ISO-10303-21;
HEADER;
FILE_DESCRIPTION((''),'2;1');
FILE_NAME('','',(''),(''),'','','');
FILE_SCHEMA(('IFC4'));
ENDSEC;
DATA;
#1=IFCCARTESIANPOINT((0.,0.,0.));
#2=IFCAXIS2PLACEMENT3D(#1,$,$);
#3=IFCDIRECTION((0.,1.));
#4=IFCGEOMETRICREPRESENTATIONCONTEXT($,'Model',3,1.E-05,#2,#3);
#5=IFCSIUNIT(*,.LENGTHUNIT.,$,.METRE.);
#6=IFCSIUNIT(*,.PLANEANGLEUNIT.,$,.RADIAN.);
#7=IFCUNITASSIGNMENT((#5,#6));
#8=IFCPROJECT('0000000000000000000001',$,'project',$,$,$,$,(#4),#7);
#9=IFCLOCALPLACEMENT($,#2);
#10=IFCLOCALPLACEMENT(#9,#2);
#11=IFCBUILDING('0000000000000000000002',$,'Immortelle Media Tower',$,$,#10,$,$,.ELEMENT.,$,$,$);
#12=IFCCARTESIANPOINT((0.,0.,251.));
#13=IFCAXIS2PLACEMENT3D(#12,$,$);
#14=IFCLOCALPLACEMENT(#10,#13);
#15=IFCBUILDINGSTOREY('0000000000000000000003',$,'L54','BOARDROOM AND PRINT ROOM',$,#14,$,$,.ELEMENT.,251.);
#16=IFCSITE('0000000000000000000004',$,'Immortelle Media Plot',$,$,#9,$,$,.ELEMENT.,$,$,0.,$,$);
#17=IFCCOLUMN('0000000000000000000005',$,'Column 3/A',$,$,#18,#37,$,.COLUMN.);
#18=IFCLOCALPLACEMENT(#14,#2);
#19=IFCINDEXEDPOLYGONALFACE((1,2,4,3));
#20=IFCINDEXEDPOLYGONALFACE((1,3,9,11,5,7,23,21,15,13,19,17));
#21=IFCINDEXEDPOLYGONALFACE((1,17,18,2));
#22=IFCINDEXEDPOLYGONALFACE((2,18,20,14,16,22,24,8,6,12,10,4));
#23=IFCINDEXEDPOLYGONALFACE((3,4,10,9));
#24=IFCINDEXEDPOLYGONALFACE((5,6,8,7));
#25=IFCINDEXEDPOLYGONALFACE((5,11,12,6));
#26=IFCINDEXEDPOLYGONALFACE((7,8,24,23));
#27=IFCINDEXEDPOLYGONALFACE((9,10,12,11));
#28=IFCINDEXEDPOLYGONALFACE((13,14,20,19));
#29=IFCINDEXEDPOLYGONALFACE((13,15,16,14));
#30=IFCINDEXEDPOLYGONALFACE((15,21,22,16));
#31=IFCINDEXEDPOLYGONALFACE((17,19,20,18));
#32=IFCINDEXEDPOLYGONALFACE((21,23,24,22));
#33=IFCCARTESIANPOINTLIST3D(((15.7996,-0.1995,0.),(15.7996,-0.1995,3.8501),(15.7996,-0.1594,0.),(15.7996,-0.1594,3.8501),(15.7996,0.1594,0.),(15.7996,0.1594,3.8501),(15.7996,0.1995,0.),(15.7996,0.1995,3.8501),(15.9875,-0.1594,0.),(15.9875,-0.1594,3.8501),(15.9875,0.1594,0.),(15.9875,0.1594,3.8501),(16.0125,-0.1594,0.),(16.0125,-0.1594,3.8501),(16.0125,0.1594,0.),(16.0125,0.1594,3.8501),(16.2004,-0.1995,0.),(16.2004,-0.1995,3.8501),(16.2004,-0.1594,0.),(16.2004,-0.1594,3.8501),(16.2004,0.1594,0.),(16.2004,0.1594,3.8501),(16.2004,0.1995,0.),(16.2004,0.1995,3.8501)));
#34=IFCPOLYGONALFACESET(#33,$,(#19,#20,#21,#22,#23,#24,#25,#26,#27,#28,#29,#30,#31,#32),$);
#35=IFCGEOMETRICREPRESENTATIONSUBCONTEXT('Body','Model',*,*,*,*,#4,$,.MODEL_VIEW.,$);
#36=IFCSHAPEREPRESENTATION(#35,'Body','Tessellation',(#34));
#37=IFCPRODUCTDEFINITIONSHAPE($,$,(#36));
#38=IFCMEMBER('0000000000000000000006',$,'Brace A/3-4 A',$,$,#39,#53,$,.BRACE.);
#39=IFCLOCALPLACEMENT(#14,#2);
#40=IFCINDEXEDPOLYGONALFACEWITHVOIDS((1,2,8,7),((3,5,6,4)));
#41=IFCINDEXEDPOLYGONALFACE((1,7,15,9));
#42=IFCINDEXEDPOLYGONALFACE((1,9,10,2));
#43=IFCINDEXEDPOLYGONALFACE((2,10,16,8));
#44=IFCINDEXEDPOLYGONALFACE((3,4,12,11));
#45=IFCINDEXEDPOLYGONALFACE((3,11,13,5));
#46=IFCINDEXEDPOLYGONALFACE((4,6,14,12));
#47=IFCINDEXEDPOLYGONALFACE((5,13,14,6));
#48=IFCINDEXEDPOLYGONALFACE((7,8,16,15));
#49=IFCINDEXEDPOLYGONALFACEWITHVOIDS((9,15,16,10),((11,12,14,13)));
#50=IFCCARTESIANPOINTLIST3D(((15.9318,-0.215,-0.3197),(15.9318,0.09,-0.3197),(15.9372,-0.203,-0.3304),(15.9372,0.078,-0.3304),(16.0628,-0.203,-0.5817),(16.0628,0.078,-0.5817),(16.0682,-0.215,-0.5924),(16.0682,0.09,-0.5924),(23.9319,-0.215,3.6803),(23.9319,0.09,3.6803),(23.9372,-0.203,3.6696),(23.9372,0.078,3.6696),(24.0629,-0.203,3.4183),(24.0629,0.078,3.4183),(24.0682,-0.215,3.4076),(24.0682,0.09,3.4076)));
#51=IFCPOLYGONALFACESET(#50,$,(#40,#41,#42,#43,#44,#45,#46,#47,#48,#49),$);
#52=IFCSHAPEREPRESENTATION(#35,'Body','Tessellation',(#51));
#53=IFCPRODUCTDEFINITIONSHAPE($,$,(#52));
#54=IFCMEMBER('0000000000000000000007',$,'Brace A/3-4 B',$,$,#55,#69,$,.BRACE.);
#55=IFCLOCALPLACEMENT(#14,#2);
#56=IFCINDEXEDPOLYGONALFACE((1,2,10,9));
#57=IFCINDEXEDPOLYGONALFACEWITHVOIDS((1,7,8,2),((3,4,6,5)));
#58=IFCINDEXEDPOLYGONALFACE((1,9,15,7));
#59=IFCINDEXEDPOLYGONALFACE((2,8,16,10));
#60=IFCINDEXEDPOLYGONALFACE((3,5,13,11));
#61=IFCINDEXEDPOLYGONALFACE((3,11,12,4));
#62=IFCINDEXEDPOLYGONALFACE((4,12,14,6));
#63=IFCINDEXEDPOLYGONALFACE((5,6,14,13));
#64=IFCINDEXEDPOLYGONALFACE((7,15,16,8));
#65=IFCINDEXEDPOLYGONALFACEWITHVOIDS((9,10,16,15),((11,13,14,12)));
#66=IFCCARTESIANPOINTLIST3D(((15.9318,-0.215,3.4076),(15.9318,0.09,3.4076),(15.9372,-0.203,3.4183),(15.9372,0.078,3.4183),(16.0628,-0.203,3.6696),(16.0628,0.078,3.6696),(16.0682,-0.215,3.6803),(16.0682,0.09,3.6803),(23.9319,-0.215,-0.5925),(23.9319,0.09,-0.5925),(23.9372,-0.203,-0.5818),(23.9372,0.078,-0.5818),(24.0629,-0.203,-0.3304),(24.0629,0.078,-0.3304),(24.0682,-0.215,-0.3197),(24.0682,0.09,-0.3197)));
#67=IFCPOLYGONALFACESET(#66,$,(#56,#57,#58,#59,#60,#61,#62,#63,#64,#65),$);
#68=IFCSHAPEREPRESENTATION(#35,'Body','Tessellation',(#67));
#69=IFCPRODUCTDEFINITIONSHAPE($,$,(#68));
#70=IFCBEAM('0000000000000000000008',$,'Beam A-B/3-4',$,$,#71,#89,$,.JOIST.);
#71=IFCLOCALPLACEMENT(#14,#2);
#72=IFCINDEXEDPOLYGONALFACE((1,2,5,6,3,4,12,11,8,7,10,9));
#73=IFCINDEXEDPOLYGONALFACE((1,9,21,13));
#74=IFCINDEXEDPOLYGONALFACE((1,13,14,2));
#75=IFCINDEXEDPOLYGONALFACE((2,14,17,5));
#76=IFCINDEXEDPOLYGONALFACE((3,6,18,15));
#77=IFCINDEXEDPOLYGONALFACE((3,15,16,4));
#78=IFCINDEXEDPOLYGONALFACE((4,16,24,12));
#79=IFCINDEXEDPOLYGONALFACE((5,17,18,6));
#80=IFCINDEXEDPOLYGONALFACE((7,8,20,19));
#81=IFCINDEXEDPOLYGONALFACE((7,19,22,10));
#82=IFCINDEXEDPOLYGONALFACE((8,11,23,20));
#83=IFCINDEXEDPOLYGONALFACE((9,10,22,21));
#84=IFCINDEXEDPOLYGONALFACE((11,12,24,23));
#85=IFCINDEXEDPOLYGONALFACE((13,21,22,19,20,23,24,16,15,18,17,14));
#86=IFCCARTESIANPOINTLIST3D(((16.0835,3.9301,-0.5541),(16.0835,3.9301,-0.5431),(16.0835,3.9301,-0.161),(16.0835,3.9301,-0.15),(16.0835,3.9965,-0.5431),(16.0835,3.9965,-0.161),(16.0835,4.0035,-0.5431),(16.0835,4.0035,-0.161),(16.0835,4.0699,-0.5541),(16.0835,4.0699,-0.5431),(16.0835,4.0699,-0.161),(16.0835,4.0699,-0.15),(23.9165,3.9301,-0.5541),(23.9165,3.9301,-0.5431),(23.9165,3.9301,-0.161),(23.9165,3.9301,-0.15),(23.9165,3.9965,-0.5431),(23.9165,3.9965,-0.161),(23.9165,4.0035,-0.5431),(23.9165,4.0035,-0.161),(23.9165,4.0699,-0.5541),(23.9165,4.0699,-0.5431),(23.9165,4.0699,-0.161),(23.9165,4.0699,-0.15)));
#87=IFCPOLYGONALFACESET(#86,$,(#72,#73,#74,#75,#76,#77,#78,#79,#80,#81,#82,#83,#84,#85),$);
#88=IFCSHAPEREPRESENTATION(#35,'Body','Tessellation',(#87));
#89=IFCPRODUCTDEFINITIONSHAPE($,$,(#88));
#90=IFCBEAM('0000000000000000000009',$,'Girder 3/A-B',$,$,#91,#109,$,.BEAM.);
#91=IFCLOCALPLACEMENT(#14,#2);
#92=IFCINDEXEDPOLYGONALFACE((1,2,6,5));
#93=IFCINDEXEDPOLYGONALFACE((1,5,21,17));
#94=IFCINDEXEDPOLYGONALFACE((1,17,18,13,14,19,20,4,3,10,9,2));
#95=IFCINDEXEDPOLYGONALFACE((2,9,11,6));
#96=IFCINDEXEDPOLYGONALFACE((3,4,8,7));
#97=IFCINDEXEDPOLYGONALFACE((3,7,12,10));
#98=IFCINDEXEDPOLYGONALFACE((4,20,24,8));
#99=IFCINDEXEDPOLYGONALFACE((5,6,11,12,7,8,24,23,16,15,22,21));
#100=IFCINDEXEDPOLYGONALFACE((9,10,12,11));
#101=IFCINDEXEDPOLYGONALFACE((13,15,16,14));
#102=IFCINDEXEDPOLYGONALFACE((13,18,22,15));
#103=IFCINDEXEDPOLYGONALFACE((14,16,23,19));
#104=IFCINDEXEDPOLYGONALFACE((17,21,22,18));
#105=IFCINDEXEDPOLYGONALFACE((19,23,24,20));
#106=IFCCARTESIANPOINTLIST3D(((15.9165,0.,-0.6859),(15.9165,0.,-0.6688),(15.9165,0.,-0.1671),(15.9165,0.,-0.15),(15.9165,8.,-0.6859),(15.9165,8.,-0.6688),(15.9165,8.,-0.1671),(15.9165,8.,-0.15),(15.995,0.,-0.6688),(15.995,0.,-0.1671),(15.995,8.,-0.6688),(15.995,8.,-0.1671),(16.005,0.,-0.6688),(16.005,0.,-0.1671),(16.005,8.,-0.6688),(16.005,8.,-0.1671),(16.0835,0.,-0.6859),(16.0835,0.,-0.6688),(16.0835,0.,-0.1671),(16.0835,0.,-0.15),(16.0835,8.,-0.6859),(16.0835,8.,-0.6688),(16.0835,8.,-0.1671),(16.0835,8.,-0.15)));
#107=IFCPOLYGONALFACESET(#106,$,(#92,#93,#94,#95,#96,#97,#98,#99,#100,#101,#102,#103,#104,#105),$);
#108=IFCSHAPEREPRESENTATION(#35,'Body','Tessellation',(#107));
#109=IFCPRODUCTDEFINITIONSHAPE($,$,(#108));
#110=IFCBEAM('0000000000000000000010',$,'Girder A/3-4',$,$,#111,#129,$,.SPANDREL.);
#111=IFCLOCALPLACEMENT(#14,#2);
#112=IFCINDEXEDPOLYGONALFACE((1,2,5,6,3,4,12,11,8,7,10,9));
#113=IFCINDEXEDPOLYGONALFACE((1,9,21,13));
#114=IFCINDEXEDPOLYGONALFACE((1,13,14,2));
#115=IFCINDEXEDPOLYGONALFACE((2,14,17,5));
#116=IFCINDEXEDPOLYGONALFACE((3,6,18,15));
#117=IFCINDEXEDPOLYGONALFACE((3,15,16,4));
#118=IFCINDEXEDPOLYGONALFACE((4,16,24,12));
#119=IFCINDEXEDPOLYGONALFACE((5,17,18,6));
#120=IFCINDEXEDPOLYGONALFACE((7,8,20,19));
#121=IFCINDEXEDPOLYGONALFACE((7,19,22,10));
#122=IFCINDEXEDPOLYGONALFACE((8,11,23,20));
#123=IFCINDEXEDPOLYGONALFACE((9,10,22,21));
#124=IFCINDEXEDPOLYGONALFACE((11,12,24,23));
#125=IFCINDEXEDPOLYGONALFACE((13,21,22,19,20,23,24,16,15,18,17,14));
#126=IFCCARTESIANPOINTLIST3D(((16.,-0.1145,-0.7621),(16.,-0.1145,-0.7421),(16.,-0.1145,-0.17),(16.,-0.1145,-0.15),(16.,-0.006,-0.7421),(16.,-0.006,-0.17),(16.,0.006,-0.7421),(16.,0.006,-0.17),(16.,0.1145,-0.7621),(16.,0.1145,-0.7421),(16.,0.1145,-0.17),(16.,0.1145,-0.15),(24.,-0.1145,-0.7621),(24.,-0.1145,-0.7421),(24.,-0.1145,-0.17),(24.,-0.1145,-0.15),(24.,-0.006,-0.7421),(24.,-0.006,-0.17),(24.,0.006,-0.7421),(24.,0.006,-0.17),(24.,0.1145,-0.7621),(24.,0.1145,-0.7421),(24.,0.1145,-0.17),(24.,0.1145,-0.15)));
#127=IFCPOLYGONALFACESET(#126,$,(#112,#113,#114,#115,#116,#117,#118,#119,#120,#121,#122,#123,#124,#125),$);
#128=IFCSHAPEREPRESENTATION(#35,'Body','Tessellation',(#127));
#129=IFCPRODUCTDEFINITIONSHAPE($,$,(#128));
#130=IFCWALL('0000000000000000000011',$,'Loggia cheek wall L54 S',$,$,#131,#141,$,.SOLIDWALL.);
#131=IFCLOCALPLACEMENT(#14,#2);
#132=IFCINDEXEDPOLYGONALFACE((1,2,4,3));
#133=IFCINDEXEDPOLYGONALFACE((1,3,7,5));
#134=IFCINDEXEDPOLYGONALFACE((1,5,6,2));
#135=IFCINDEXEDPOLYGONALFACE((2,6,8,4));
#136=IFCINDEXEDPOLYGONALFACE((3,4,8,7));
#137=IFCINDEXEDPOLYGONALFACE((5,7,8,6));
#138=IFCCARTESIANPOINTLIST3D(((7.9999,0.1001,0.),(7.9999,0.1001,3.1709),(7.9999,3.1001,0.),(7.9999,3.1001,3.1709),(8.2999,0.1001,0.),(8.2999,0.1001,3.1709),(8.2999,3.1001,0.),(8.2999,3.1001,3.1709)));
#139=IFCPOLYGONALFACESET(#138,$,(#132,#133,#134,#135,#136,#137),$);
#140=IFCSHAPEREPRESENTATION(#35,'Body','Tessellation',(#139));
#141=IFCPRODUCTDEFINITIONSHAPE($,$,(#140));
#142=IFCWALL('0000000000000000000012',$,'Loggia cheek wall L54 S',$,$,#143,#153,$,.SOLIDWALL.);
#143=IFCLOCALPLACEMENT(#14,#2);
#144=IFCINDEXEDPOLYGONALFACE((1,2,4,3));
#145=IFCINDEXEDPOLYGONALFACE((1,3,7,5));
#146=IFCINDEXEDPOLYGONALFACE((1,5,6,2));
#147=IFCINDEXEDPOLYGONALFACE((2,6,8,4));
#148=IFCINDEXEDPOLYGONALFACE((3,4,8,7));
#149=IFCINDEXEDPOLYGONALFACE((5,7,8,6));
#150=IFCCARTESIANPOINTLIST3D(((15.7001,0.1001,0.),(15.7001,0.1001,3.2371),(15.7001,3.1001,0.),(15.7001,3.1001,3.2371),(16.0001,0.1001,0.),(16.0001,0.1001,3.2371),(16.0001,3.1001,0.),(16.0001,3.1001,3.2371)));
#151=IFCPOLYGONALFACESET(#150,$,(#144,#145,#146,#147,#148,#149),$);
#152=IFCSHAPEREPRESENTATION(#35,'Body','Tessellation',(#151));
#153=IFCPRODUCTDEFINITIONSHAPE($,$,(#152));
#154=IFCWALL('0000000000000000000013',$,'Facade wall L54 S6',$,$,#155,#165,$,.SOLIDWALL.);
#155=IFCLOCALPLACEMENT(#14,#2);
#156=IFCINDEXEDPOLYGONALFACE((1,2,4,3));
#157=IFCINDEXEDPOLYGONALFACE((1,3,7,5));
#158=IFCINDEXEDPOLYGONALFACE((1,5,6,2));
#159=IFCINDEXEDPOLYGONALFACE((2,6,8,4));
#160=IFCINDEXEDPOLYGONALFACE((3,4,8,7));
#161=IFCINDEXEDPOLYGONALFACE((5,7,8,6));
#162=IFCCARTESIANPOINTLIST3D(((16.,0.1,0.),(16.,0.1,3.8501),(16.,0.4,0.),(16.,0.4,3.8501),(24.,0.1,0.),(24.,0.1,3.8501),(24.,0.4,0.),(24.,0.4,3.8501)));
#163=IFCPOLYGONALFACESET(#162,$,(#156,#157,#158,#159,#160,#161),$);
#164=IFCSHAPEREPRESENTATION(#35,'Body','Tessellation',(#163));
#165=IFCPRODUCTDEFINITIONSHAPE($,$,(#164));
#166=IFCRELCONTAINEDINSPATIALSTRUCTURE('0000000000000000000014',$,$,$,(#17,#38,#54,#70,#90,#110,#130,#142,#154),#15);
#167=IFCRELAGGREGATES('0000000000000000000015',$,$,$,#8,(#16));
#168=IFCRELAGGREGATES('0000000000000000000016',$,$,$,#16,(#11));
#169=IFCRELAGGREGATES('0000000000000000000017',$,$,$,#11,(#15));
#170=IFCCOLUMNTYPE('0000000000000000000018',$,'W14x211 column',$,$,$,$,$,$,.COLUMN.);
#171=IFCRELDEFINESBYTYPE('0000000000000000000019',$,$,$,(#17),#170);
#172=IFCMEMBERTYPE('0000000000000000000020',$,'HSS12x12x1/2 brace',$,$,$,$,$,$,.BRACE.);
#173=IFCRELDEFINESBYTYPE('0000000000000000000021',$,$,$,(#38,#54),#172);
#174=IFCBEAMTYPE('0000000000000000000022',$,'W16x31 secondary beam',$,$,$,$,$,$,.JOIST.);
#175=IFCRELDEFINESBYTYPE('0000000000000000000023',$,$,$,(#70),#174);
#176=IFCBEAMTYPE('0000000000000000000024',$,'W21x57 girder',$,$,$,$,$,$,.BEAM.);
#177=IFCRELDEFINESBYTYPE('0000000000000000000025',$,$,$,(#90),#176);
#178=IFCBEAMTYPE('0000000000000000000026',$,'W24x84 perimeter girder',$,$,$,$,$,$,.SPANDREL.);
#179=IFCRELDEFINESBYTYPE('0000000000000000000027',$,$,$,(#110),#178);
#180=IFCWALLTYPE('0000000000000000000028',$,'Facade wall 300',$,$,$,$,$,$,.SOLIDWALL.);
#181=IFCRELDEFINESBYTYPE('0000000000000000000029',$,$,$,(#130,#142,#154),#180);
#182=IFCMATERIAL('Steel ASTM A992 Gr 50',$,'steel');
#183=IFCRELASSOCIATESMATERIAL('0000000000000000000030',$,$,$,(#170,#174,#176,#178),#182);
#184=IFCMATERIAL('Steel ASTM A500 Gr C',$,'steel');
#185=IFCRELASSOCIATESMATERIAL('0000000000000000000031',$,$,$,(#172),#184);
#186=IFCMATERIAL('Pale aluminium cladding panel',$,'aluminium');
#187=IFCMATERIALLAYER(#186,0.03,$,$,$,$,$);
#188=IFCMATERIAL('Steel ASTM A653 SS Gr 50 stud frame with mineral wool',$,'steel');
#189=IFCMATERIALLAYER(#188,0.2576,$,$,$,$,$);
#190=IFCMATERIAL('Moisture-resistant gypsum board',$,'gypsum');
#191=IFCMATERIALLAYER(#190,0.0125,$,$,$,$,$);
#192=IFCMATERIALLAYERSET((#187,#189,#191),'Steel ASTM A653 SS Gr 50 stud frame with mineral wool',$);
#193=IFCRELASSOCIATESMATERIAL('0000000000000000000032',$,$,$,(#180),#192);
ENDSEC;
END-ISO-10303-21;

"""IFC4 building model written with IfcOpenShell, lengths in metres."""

from ifc_helpers import new_model, si_unit, direction, frame, frame_2d, origin, origin_2d, place, context, subcontext, project, spatial, rectangle, hollow_rectangle, i_section, extrude, material, layer, layer_set, material_profile, profile_set, type_object, element, save


model = new_model("IFC4")

# Units and contexts
model_context = context("Model", 3, precision=1e-05, world=origin(), true_north=direction((0.0, 1.0)))
body_context = subcontext(model_context, "Body", "Model", "MODEL_VIEW")
ifc_project = project(units=[si_unit("LENGTHUNIT", "METRE"), si_unit("PLANEANGLEUNIT", "RADIAN")], contexts=[model_context])

# Site, building, storey
site_placement = place(None, origin())
site = spatial("IfcSite", under=ifc_project, at=site_placement, Name="Immortelle Media Plot", CompositionType="ELEMENT", RefElevation=0.0)
building_placement = place(site_placement, origin())
building = spatial("IfcBuilding", under=site, at=building_placement, Name="Immortelle Media Tower", CompositionType="ELEMENT")
storey_placement = place(building_placement, frame((0.0, 0.0, 251.0)))
storey = spatial("IfcBuildingStorey", under=building, at=storey_placement, Name="L54", Description="BOARDROOM AND PRINT ROOM", CompositionType="ELEMENT", Elevation=251.0)

# Column
ifc_material_1 = material(Name="Steel ASTM A992 Gr 50", Category="steel")
ifc_material_profile_1 = material_profile(ifc_material_1, i_section(OverallWidth=0.4009, OverallDepth=0.3989, WebThickness=0.0249, FlangeThickness=0.04, at=origin_2d()), Name="W14x211")
ifc_profile_set_1 = profile_set([ifc_material_profile_1], Name="Steel ASTM A992 Gr 50")
column_type = type_object("IfcColumnType", Name="W14x211 column", PredefinedType="COLUMN", material=ifc_profile_set_1)
column_placement = place(storey_placement, frame((16.0, 0.0, 0.0), z_axis=(0.0, 0.0, 1.0), x_axis=(1.0, 0.0, 0.0)))
element("IfcColumn", 1, at=column_placement, inside=storey, type_object=column_type, Name="Column 3/A", PredefinedType="COLUMN", context=body_context, shape_type="SweptSolid", body=[
    extrude(i_section(OverallWidth=0.4009, OverallDepth=0.3989, WebThickness=0.0249, FlangeThickness=0.04, at=origin_2d()), origin(), (0.0, 0.0, 1.0), 3.8501),
])

# Members
ifc_material_2 = material(Name="Steel ASTM A500 Gr C", Category="steel")
ifc_material_profile_2 = material_profile(ifc_material_2, hollow_rectangle(XDim=0.3049, YDim=0.3049, WallThickness=0.012, at=origin_2d()), Name="HSS12x12x1/2 brace")
ifc_profile_set_2 = profile_set([ifc_material_profile_2], Name="Steel ASTM A500 Gr C")
member_type = type_object("IfcMemberType", Name="HSS12x12x1/2 brace", PredefinedType="BRACE", material=ifc_profile_set_2)
for number, where, z_axis, x_axis, name in (
    (2, (16.0, -0.0625, -0.4561), (0.894427, 0.0, 0.447214), (0.0, 1.0, 0.0), "Brace A/3-4 A"),
    (3, (16.0, -0.0625, 3.5439), (0.894427, 0.0, -0.447214), (0.0, 1.0, 0.0), "Brace A/3-4 B"),
):
    element("IfcMember", number, at=place(storey_placement, frame(where, z_axis=z_axis, x_axis=x_axis)), inside=storey, type_object=member_type, Name=name, PredefinedType="BRACE", context=body_context, shape_type="SweptSolid", body=[
        extrude(hollow_rectangle(XDim=0.3049, YDim=0.3049, WallThickness=0.012, at=origin_2d()), origin(), (0.0, 0.0, 1.0), 8.9443),
    ])

# Beams
ifc_material_profile_3 = material_profile(ifc_material_1, i_section(OverallWidth=0.1399, OverallDepth=0.4041, WebThickness=0.0071, FlangeThickness=0.011, at=origin_2d()), Name="W16x31")
ifc_profile_set_3 = profile_set([ifc_material_profile_3], Name="Steel ASTM A992 Gr 50")
beam_type_1 = type_object("IfcBeamType", Name="W16x31 secondary beam", PredefinedType="JOIST", material=ifc_profile_set_3)
beam_1_placement = place(storey_placement, frame((16.0835, 4.0, -0.3521), z_axis=(1.0, 0.0, 0.0), x_axis=(0.0, 1.0, 0.0)))
element("IfcBeam", 4, at=beam_1_placement, inside=storey, type_object=beam_type_1, Name="Beam A-B/3-4", PredefinedType="JOIST", context=body_context, shape_type="SweptSolid", body=[
    extrude(i_section(OverallWidth=0.1399, OverallDepth=0.4041, WebThickness=0.0071, FlangeThickness=0.011, at=origin_2d()), origin(), (0.0, 0.0, 1.0), 7.833),
])
ifc_material_profile_4 = material_profile(ifc_material_1, i_section(OverallWidth=0.167, OverallDepth=0.5359, WebThickness=0.01, FlangeThickness=0.0171, at=origin_2d()), Name="W21x57")
ifc_profile_set_4 = profile_set([ifc_material_profile_4], Name="Steel ASTM A992 Gr 50")
beam_type_2 = type_object("IfcBeamType", Name="W21x57 girder", PredefinedType="BEAM", material=ifc_profile_set_4)
beam_2_placement = place(storey_placement, frame((16.0, 0.0, -0.418), z_axis=(0.0, 1.0, 0.0), x_axis=(-1.0, 0.0, 0.0)))
element("IfcBeam", 5, at=beam_2_placement, inside=storey, type_object=beam_type_2, Name="Girder 3/A-B", PredefinedType="BEAM", context=body_context, shape_type="SweptSolid", body=[
    extrude(i_section(OverallWidth=0.167, OverallDepth=0.5359, WebThickness=0.01, FlangeThickness=0.0171, at=origin_2d()), origin(), (0.0, 0.0, 1.0), 8.0),
])
ifc_material_profile_5 = material_profile(ifc_material_1, i_section(OverallWidth=0.229, OverallDepth=0.6121, WebThickness=0.012, FlangeThickness=0.02, at=origin_2d()), Name="W24x84")
ifc_profile_set_5 = profile_set([ifc_material_profile_5], Name="Steel ASTM A992 Gr 50")
beam_type_3 = type_object("IfcBeamType", Name="W24x84 perimeter girder", PredefinedType="SPANDREL", material=ifc_profile_set_5)
beam_3_placement = place(storey_placement, frame((16.0, 0.0, -0.4561), z_axis=(1.0, 0.0, 0.0), x_axis=(0.0, 1.0, 0.0)))
element("IfcBeam", 6, at=beam_3_placement, inside=storey, type_object=beam_type_3, Name="Girder A/3-4", PredefinedType="SPANDREL", context=body_context, shape_type="SweptSolid", body=[
    extrude(i_section(OverallWidth=0.229, OverallDepth=0.6121, WebThickness=0.012, FlangeThickness=0.02, at=origin_2d()), origin(), (0.0, 0.0, 1.0), 8.0),
])

# Shared definitions
ifc_material_3 = material(Name="Pale aluminium cladding panel", Category="aluminium")
ifc_layer_1 = layer(ifc_material_3, 0.03)
ifc_material_4 = material(Name="Steel ASTM A653 SS Gr 50 stud frame with mineral wool", Category="steel")
ifc_layer_2 = layer(ifc_material_4, 0.2576)
ifc_material_5 = material(Name="Moisture-resistant gypsum board", Category="gypsum")
ifc_layer_3 = layer(ifc_material_5, 0.0125)
ifc_layer_set_1 = layer_set([ifc_layer_1, ifc_layer_2, ifc_layer_3], Name="Steel ASTM A653 SS Gr 50 stud frame with mineral wool")
wall_type_1 = type_object("IfcWallType", Name="Facade wall 300", PredefinedType="SOLIDWALL", material=ifc_layer_set_1)

# Walls
wall_1_placement = place(storey_placement, frame((8.1499, 0.1001, 0.0), z_axis=(0.0, 0.0, 1.0), x_axis=(0.0, 1.0, 0.0)))
element("IfcWall", 7, at=wall_1_placement, inside=storey, type_object=wall_type_1, Name="Loggia cheek wall L54 S", PredefinedType="SOLIDWALL", context=body_context, shape_type="SweptSolid", body=[
    extrude(rectangle(XDim=3.0, YDim=0.3, at=frame_2d((1.5, 0.0))), origin(), (0.0, 0.0, 1.0), 3.1709),
])
wall_2_placement = place(storey_placement, frame((15.8501, 0.1001, 0.0), z_axis=(0.0, 0.0, 1.0), x_axis=(0.0, 1.0, 0.0)))
element("IfcWall", 8, at=wall_2_placement, inside=storey, type_object=wall_type_1, Name="Loggia cheek wall L54 S", PredefinedType="SOLIDWALL", context=body_context, shape_type="SweptSolid", body=[
    extrude(rectangle(XDim=3.0, YDim=0.3, at=frame_2d((1.5, 0.0))), origin(), (0.0, 0.0, 1.0), 3.2371),
])
wall_3_placement = place(storey_placement, frame((16.0, 0.25, 0.0), z_axis=(0.0, 0.0, 1.0), x_axis=(1.0, 0.0, 0.0)))
element("IfcWall", 9, at=wall_3_placement, inside=storey, type_object=wall_type_1, Name="Facade wall L54 S6", PredefinedType="SOLIDWALL", context=body_context, shape_type="SweptSolid", body=[
    extrude(rectangle(XDim=8.0, YDim=0.3, at=frame_2d((4.0, 0.0))), origin(), (0.0, 0.0, 1.0), 3.8501),
])

save(model, "model.ifc")
